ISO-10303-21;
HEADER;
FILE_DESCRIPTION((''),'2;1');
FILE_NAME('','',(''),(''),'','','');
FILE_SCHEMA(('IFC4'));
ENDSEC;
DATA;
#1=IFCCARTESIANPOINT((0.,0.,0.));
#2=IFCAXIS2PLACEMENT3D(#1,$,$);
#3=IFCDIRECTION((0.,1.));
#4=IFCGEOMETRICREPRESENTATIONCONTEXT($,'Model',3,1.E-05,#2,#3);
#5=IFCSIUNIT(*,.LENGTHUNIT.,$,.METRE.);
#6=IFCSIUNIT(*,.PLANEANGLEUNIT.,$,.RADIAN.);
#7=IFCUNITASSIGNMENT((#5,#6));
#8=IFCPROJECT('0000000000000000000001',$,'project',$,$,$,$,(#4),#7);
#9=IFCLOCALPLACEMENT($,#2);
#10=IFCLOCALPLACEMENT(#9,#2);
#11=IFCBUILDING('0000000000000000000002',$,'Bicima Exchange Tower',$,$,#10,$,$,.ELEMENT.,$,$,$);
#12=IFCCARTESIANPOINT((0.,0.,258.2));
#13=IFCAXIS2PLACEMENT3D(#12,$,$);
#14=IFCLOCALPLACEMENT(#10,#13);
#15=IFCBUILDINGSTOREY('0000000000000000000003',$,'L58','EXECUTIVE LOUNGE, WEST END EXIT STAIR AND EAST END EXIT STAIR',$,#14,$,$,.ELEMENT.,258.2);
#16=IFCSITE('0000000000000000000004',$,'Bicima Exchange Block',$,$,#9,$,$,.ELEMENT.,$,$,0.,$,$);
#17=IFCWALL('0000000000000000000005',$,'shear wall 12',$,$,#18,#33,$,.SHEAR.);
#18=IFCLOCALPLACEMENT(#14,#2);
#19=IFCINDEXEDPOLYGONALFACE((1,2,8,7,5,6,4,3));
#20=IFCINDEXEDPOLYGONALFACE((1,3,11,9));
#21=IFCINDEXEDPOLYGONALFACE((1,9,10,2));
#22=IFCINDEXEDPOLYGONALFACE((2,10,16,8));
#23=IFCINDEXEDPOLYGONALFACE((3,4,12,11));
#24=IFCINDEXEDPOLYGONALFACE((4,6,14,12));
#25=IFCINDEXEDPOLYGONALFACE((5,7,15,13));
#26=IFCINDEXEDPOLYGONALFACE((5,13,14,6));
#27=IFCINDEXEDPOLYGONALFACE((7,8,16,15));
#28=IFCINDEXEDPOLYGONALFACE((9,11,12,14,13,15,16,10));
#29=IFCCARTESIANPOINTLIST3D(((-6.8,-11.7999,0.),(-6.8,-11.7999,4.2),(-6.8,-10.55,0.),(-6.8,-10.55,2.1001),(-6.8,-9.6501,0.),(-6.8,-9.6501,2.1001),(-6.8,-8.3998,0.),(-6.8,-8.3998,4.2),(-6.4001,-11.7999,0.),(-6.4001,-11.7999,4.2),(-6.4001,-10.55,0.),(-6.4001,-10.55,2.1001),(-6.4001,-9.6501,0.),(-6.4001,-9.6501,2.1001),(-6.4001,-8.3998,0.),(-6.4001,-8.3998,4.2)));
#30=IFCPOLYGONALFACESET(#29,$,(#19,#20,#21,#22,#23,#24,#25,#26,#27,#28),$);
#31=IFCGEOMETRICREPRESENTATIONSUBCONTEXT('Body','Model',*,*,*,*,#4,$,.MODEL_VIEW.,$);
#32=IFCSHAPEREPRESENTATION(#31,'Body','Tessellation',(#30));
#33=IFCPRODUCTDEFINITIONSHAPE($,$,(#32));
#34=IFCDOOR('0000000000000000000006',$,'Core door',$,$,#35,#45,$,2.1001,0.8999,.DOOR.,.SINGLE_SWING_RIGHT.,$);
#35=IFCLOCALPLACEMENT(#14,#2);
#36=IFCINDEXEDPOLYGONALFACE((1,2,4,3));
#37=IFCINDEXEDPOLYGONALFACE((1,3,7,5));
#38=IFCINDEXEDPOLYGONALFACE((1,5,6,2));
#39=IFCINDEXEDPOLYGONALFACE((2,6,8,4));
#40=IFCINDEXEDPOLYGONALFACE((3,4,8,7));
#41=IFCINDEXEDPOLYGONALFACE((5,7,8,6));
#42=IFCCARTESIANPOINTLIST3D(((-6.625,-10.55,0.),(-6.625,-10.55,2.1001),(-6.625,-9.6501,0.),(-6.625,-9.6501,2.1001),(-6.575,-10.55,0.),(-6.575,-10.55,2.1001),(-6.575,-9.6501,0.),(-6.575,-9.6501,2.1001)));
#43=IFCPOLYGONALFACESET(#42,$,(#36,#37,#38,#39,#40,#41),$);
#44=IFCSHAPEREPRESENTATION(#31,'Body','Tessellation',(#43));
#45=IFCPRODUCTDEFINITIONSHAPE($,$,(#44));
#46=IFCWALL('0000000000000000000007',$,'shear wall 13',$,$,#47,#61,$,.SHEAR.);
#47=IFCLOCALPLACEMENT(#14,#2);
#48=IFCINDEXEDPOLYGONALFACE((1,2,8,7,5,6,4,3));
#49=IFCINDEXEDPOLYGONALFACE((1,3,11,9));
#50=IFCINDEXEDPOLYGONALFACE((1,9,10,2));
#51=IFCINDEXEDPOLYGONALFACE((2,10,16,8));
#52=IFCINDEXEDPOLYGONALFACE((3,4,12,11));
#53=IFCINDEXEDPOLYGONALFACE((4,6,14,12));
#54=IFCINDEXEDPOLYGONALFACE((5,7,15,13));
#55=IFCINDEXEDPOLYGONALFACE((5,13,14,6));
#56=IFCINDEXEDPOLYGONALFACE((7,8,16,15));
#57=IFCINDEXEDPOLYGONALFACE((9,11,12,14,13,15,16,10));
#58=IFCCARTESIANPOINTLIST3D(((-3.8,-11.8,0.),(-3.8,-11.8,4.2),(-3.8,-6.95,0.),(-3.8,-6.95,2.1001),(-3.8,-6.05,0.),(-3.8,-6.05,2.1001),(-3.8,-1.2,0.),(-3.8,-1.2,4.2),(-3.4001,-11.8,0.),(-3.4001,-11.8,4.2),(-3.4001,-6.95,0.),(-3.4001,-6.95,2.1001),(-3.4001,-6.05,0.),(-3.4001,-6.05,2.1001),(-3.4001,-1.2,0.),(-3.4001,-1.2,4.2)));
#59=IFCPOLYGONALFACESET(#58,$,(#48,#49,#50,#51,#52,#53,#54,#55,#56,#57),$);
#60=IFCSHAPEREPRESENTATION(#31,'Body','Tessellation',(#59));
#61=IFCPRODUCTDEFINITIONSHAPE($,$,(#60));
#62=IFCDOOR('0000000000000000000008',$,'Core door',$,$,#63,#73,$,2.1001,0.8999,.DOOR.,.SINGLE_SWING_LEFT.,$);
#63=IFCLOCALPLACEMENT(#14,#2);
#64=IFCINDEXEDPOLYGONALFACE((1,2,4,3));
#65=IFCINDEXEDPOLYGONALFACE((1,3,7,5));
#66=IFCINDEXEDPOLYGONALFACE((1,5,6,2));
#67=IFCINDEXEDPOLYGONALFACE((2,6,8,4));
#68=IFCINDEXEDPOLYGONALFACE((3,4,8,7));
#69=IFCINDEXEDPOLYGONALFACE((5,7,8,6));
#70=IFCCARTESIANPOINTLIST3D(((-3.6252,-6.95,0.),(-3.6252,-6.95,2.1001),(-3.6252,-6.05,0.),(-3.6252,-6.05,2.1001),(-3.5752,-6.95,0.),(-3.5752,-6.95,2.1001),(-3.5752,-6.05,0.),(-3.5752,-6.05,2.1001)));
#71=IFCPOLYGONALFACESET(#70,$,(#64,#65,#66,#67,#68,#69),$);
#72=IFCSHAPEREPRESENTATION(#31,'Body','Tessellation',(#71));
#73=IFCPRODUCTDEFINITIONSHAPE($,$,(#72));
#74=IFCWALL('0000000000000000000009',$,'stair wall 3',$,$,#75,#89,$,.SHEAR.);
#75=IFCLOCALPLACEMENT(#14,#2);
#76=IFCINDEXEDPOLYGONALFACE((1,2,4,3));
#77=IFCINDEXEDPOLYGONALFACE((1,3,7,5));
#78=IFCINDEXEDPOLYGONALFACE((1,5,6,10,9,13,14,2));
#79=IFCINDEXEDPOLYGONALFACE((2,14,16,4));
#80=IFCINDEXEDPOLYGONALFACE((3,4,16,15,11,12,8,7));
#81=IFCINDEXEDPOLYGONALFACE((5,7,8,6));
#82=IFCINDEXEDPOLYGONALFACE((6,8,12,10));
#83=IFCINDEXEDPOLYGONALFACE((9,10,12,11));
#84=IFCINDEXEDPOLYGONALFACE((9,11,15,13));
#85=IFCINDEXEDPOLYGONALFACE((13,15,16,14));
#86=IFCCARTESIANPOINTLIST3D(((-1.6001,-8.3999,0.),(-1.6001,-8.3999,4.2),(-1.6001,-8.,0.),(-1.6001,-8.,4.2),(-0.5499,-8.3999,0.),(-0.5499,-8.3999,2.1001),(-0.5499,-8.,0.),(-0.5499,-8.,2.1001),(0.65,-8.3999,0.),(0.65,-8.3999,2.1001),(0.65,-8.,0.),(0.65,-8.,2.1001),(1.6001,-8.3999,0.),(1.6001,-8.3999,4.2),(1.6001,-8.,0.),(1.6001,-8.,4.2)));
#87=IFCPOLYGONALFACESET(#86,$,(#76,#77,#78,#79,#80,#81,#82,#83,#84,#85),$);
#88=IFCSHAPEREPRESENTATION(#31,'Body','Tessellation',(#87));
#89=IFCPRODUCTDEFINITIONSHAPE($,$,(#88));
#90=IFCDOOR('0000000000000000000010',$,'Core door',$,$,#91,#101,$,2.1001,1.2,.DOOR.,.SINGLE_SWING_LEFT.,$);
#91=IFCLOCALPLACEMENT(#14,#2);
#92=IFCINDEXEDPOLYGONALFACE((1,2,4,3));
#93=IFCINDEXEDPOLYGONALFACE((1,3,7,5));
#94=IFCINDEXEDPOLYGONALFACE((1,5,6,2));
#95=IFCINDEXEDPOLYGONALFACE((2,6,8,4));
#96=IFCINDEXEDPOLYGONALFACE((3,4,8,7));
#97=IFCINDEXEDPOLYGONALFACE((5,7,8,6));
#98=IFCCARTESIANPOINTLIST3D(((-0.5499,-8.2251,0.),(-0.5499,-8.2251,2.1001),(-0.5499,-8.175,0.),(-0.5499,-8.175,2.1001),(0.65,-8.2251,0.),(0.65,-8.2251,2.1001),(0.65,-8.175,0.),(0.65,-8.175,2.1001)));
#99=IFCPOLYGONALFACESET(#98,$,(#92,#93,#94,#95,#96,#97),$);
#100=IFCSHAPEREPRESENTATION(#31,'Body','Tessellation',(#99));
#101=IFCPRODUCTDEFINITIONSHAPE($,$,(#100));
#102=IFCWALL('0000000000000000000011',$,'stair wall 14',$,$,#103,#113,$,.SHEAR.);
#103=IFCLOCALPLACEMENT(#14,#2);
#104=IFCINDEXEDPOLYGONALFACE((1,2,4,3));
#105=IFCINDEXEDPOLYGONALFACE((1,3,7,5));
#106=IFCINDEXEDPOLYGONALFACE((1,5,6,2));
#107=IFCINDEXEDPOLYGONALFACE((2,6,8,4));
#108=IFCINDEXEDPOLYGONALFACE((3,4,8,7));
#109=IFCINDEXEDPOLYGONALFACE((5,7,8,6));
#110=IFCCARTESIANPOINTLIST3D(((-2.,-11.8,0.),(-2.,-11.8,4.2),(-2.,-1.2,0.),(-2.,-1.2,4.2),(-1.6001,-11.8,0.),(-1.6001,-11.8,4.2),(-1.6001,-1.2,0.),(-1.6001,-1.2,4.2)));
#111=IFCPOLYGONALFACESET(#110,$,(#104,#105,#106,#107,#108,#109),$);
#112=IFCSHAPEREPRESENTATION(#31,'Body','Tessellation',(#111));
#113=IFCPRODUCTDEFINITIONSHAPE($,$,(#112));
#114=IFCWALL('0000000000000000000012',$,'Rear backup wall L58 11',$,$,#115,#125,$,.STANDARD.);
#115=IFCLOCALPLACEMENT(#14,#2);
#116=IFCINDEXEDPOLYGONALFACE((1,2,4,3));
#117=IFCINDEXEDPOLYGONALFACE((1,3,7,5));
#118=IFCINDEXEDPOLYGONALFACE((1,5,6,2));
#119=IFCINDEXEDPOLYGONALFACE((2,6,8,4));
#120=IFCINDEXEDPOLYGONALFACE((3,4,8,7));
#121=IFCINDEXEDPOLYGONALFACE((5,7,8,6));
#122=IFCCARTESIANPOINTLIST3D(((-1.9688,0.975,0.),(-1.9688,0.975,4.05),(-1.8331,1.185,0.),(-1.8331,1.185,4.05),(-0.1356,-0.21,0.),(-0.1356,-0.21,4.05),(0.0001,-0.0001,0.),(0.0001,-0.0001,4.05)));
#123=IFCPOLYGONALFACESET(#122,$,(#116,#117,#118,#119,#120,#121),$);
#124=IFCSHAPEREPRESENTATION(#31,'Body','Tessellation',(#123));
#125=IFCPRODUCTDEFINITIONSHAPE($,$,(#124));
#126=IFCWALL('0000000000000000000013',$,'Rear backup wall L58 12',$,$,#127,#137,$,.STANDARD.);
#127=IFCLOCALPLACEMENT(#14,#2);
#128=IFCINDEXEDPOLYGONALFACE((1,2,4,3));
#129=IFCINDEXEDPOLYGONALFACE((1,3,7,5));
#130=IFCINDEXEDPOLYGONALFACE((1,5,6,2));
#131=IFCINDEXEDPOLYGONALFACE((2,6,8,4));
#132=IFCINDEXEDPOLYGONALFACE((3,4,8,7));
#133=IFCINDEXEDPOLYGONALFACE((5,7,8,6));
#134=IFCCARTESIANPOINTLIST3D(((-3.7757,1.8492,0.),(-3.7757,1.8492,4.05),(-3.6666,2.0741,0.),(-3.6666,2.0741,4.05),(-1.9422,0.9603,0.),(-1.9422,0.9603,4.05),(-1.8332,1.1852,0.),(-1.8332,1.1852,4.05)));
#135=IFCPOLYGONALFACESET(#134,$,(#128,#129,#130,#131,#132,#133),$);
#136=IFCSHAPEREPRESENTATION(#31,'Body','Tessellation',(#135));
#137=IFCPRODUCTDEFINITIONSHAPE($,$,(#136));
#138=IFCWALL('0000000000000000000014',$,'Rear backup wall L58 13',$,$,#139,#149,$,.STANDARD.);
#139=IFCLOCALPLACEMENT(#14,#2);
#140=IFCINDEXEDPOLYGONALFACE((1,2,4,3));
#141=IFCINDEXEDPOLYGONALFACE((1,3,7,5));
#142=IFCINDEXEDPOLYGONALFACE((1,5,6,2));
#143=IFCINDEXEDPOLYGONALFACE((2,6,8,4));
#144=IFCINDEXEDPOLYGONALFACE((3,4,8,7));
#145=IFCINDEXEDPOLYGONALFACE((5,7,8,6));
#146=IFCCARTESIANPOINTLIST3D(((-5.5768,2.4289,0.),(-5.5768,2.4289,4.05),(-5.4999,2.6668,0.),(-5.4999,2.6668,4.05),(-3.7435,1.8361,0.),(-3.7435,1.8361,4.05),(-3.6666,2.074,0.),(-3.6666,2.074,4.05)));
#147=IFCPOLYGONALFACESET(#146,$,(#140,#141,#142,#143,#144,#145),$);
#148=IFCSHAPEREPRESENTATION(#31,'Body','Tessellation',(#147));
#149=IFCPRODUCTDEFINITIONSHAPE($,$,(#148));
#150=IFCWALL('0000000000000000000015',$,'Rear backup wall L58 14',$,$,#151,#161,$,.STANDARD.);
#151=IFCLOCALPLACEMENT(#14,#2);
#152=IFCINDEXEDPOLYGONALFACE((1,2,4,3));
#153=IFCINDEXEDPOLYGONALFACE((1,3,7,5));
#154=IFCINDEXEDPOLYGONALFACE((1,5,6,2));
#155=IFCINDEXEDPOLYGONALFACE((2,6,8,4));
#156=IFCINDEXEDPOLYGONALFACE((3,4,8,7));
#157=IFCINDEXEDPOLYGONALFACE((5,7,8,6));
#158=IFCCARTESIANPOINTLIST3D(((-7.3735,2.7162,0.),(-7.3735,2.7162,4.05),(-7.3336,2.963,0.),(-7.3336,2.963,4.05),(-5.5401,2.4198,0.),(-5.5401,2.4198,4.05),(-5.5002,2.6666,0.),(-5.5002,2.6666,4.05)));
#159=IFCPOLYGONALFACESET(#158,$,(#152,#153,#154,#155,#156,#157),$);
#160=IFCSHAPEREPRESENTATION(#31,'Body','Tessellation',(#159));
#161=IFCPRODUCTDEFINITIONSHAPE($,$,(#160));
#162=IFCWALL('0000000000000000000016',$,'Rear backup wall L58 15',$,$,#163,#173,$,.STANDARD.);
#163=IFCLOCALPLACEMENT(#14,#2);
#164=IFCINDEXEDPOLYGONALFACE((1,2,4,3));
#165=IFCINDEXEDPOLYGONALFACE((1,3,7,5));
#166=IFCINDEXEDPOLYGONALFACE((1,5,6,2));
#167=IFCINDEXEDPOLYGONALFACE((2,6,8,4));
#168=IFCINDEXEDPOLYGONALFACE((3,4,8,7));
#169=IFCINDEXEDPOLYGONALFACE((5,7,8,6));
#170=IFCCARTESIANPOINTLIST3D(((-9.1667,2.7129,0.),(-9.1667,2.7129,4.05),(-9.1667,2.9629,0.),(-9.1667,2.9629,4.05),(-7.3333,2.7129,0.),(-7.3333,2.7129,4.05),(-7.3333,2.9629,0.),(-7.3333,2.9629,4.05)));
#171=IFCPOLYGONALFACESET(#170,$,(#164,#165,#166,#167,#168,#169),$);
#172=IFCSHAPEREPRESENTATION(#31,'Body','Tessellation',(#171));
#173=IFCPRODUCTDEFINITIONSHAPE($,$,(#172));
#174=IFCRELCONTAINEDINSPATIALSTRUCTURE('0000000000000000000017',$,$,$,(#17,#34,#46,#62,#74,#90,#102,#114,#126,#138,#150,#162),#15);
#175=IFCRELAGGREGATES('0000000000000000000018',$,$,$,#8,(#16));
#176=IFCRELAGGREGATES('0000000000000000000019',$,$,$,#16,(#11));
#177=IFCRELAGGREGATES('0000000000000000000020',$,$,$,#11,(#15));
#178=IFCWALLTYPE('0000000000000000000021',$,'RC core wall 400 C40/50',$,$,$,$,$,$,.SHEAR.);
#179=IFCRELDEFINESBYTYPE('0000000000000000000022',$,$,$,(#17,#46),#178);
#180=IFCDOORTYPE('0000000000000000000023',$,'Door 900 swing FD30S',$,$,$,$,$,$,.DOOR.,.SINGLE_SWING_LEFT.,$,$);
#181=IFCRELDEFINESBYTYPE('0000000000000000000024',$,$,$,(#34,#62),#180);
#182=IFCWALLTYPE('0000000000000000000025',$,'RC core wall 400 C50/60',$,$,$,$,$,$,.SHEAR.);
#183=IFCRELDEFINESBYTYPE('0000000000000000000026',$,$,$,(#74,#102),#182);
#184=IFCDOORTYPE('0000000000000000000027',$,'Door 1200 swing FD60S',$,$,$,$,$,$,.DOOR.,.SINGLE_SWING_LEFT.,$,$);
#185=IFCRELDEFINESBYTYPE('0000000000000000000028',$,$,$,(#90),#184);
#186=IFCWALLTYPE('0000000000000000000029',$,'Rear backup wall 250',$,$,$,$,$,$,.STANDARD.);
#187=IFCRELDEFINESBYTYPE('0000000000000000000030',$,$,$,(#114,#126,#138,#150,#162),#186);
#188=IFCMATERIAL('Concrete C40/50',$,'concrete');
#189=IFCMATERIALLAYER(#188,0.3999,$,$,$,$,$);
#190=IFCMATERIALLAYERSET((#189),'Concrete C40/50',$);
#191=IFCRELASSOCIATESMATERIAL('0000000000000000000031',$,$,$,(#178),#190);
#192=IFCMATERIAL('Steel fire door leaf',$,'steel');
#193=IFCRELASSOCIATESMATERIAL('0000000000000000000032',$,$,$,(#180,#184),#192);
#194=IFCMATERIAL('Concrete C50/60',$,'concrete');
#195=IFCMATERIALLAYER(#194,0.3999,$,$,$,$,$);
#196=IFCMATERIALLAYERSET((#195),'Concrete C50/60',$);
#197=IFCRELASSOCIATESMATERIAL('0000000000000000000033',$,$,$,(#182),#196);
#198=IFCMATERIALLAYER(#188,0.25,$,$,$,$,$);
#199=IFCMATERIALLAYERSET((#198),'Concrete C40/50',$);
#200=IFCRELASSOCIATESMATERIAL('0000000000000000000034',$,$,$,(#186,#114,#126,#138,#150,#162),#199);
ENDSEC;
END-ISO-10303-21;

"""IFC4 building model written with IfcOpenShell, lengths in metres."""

from ifc_helpers import new_model, si_unit, direction, frame, frame_2d, origin, place, context, subcontext, project, spatial, rectangle, extrude, material, layer, layer_set, layer_usage, type_object, element, fill, save


model = new_model("IFC4")

# Units and contexts
model_context = context("Model", 3, precision=1e-05, world=origin(), true_north=direction((0.0, 1.0)))
body_context = subcontext(model_context, "Body", "Model", "MODEL_VIEW")
ifc_project = project(units=[si_unit("LENGTHUNIT", "METRE"), si_unit("PLANEANGLEUNIT", "RADIAN")], contexts=[model_context])

# Site, building, storey
site_placement = place(None, origin())
site = spatial("IfcSite", under=ifc_project, at=site_placement, Name="Bicima Exchange Block", CompositionType="ELEMENT", RefElevation=0.0)
building_placement = place(site_placement, origin())
building = spatial("IfcBuilding", under=site, at=building_placement, Name="Bicima Exchange Tower", CompositionType="ELEMENT")
storey_placement = place(building_placement, frame((0.0, 0.0, 258.2)))
storey = spatial("IfcBuildingStorey", under=building, at=storey_placement, Name="L58", Description="EXECUTIVE LOUNGE, WEST END EXIT STAIR AND EAST END EXIT STAIR", CompositionType="ELEMENT", Elevation=258.2)

# Shared definitions
ifc_material_1 = material(Name="Concrete C40/50", Category="concrete")

# Shared definitions
ifc_material_2 = material(Name="Concrete C50/60", Category="concrete")

# Walls, openings, doors
ifc_layer_1 = layer(ifc_material_1, 0.3999)
ifc_layer_set_1 = layer_set([ifc_layer_1], Name="Concrete C40/50")
wall_type_1 = type_object("IfcWallType", Name="RC core wall 400 C40/50", PredefinedType="SHEAR", material=ifc_layer_set_1)
wall_1_placement = place(storey_placement, frame((-6.6001, -11.8, 0.0), z_axis=(0.0, 0.0, 1.0), x_axis=(0.0, 1.0, 0.0)))
wall_1 = element("IfcWall", 1, at=wall_1_placement, inside=storey, type_object=wall_type_1, Name="shear wall 12", PredefinedType="SHEAR", context=body_context, shape_type="SweptSolid", body=[
    extrude(rectangle(XDim=3.4001, YDim=0.3999, at=frame_2d((1.7002, 0.0))), origin(), (0.0, 0.0, 1.0), 4.2),
])
opening_1_placement = place(wall_1_placement, frame((1.25, 0.0, 0.0)))
opening_1 = element("IfcOpeningElement", 2, at=opening_1_placement, cuts=wall_1, PredefinedType="OPENING", context=body_context, shape_type="SweptSolid", body=[
    extrude(rectangle(XDim=0.8999, YDim=2.1001, at=frame_2d((0.45, 1.05))), frame((0.0, 0.2119, 0.0), z_axis=(0.0, -1.0, 0.0), x_axis=(1.0, 0.0, 0.0)), (0.0, 0.0, 1.0), 0.4238),
])
ifc_material_3 = material(Name="Steel fire door leaf", Category="steel")
door_type_1 = type_object("IfcDoorType", Name="Door 900 swing FD30S", OperationType="SINGLE_SWING_LEFT", PredefinedType="DOOR", material=ifc_material_3)
door_1_placement = place(opening_1_placement, origin())
door_1 = element("IfcDoor", 3, at=door_1_placement, inside=storey, type_object=door_type_1, Name="Core door", OperationType="SINGLE_SWING_RIGHT", OverallHeight=2.1001, OverallWidth=0.8999, PredefinedType="DOOR", context=body_context, shape_type="SweptSolid", body=[
    extrude(rectangle(XDim=0.8999, YDim=2.1001, at=frame_2d((0.45, 1.05))), frame((0.0, 0.0249, 0.0), z_axis=(0.0, -1.0, 0.0), x_axis=(1.0, 0.0, 0.0)), (0.0, 0.0, 1.0), 0.05),
])
fill(opening_1, door_1)
wall_2_placement = place(storey_placement, frame((-3.6001, -11.8, 0.0), z_axis=(0.0, 0.0, 1.0), x_axis=(0.0, 1.0, 0.0)))
wall_2 = element("IfcWall", 4, at=wall_2_placement, inside=storey, type_object=wall_type_1, Name="shear wall 13", PredefinedType="SHEAR", context=body_context, shape_type="SweptSolid", body=[
    extrude(rectangle(XDim=10.6001, YDim=0.3999, at=frame_2d((5.3, 0.0))), origin(), (0.0, 0.0, 1.0), 4.2),
])
opening_2_placement = place(wall_2_placement, frame((4.8501, 0.0, 0.0)))
opening_2 = element("IfcOpeningElement", 5, at=opening_2_placement, cuts=wall_2, PredefinedType="OPENING", context=body_context, shape_type="SweptSolid", body=[
    extrude(rectangle(XDim=0.8999, YDim=2.1001, at=frame_2d((0.45, 1.05))), frame((0.0, 0.2119, 0.0), z_axis=(0.0, -1.0, 0.0), x_axis=(1.0, 0.0, 0.0)), (0.0, 0.0, 1.0), 0.4238),
])
door_2_placement = place(opening_2_placement, frame((0.8999, 0.0, 0.0), z_axis=(0.0, 0.0, 1.0), x_axis=(-1.0, 0.0, 0.0)))
door_2 = element("IfcDoor", 6, at=door_2_placement, inside=storey, type_object=door_type_1, Name="Core door", OperationType="SINGLE_SWING_LEFT", OverallHeight=2.1001, OverallWidth=0.8999, PredefinedType="DOOR", context=body_context, shape_type="SweptSolid", body=[
    extrude(rectangle(XDim=0.8999, YDim=2.1001, at=frame_2d((0.45, 1.05))), frame((0.0, 0.0249, 0.0), z_axis=(0.0, -1.0, 0.0), x_axis=(1.0, 0.0, 0.0)), (0.0, 0.0, 1.0), 0.05),
])
fill(opening_2, door_2)
ifc_layer_2 = layer(ifc_material_2, 0.3999)
ifc_layer_set_2 = layer_set([ifc_layer_2], Name="Concrete C50/60")
wall_type_2 = type_object("IfcWallType", Name="RC core wall 400 C50/60", PredefinedType="SHEAR", material=ifc_layer_set_2)
wall_3_placement = place(storey_placement, frame((-1.6001, -8.2, 0.0), z_axis=(0.0, 0.0, 1.0), x_axis=(1.0, 0.0, 0.0)))
wall_3 = element("IfcWall", 7, at=wall_3_placement, inside=storey, type_object=wall_type_2, Name="stair wall 3", PredefinedType="SHEAR", context=body_context, shape_type="SweptSolid", body=[
    extrude(rectangle(XDim=3.2002, YDim=0.3999, at=frame_2d((1.6001, 0.0))), origin(), (0.0, 0.0, 1.0), 4.2),
])
opening_3_placement = place(wall_3_placement, frame((1.05, 0.0, 0.0)))
opening_3 = element("IfcOpeningElement", 8, at=opening_3_placement, cuts=wall_3, PredefinedType="OPENING", context=body_context, shape_type="SweptSolid", body=[
    extrude(rectangle(XDim=1.2, YDim=2.1001, at=frame_2d((0.6001, 1.05))), frame((0.0, 0.2119, 0.0), z_axis=(0.0, -1.0, 0.0), x_axis=(1.0, 0.0, 0.0)), (0.0, 0.0, 1.0), 0.4238),
])
door_type_2 = type_object("IfcDoorType", Name="Door 1200 swing FD60S", OperationType="SINGLE_SWING_LEFT", PredefinedType="DOOR", material=ifc_material_3)
door_3_placement = place(opening_3_placement, origin())
door_3 = element("IfcDoor", 9, at=door_3_placement, inside=storey, type_object=door_type_2, Name="Core door", OperationType="SINGLE_SWING_LEFT", OverallHeight=2.1001, OverallWidth=1.2, PredefinedType="DOOR", context=body_context, shape_type="SweptSolid", body=[
    extrude(rectangle(XDim=1.2, YDim=2.1001, at=frame_2d((0.6001, 1.05))), frame((0.0, 0.0249, 0.0), z_axis=(0.0, -1.0, 0.0), x_axis=(1.0, 0.0, 0.0)), (0.0, 0.0, 1.0), 0.05),
])
fill(opening_3, door_3)

# Walls
wall_4_placement = place(storey_placement, frame((-1.8, -11.8, 0.0), z_axis=(0.0, 0.0, 1.0), x_axis=(0.0, 1.0, 0.0)))
element("IfcWall", 10, at=wall_4_placement, inside=storey, type_object=wall_type_2, Name="stair wall 14", PredefinedType="SHEAR", context=body_context, shape_type="SweptSolid", body=[
    extrude(rectangle(XDim=10.6001, YDim=0.3999, at=frame_2d((5.3, 0.0))), origin(), (0.0, 0.0, 1.0), 4.2),
])
ifc_layer_3 = layer(ifc_material_1, 0.25)
ifc_layer_set_3 = layer_set([ifc_layer_3], Name="Concrete C40/50")
ifc_layer_usage = layer_usage(ifc_layer_set_3, "AXIS2", "POSITIVE", -0.125)
wall_type_3 = type_object("IfcWallType", Name="Rear backup wall 250", PredefinedType="STANDARD", material=ifc_layer_set_3)
wall_5_placement = place(storey_placement, frame((-0.0679, -0.105, 0.0), z_axis=(0.0, 0.0, 1.0), x_axis=(-0.839813, 0.542876, 0.0)))
element("IfcWall", 11, at=wall_5_placement, inside=storey, type_object=wall_type_3, material=ifc_layer_usage, Name="Rear backup wall L58 11", PredefinedType="STANDARD", context=body_context, shape_type="SweptSolid", body=[
    extrude(rectangle(XDim=2.1829, YDim=0.25, at=frame_2d((1.0913, 0.0))), origin(), (0.0, 0.0, 1.0), 4.05),
])
wall_6_placement = place(storey_placement, frame((-1.8877, 1.0728, 0.0), z_axis=(0.0, 0.0, 1.0), x_axis=(-0.899824, 0.436253, 0.0)))
element("IfcWall", 12, at=wall_6_placement, inside=storey, type_object=wall_type_3, material=ifc_layer_usage, Name="Rear backup wall L58 12", PredefinedType="STANDARD", context=body_context, shape_type="SweptSolid", body=[
    extrude(rectangle(XDim=2.0376, YDim=0.25, at=frame_2d((1.0188, 0.0))), origin(), (0.0, 0.0, 1.0), 4.05),
])
wall_7_placement = place(storey_placement, frame((-3.7051, 1.9551, 0.0), z_axis=(0.0, 0.0, 1.0), x_axis=(-0.951496, 0.307662, 0.0)))
element("IfcWall", 13, at=wall_7_placement, inside=storey, type_object=wall_type_3, material=ifc_layer_usage, Name="Rear backup wall L58 13", PredefinedType="STANDARD", context=body_context, shape_type="SweptSolid", body=[
    extrude(rectangle(XDim=1.9268, YDim=0.25, at=frame_2d((0.9634, 0.0))), origin(), (0.0, 0.0, 1.0), 4.05),
])
wall_8_placement = place(storey_placement, frame((-5.52, 2.5432, 0.0), z_axis=(0.0, 0.0, 1.0), x_axis=(-0.987182, 0.1596, 0.0)))
element("IfcWall", 14, at=wall_8_placement, inside=storey, type_object=wall_type_3, material=ifc_layer_usage, Name="Rear backup wall L58 14", PredefinedType="STANDARD", context=body_context, shape_type="SweptSolid", body=[
    extrude(rectangle(XDim=1.8572, YDim=0.25, at=frame_2d((0.9287, 0.0))), origin(), (0.0, 0.0, 1.0), 4.05),
])
wall_9_placement = place(storey_placement, frame((-7.3333, 2.8379, 0.0), z_axis=(0.0, 0.0, 1.0), x_axis=(-1.0, 0.0, 0.0)))
element("IfcWall", 15, at=wall_9_placement, inside=storey, type_object=wall_type_3, material=ifc_layer_usage, Name="Rear backup wall L58 15", PredefinedType="STANDARD", context=body_context, shape_type="SweptSolid", body=[
    extrude(rectangle(XDim=1.8335, YDim=0.25, at=frame_2d((0.9167, 0.0))), origin(), (0.0, 0.0, 1.0), 4.05),
])

save(model, "model.ifc")
